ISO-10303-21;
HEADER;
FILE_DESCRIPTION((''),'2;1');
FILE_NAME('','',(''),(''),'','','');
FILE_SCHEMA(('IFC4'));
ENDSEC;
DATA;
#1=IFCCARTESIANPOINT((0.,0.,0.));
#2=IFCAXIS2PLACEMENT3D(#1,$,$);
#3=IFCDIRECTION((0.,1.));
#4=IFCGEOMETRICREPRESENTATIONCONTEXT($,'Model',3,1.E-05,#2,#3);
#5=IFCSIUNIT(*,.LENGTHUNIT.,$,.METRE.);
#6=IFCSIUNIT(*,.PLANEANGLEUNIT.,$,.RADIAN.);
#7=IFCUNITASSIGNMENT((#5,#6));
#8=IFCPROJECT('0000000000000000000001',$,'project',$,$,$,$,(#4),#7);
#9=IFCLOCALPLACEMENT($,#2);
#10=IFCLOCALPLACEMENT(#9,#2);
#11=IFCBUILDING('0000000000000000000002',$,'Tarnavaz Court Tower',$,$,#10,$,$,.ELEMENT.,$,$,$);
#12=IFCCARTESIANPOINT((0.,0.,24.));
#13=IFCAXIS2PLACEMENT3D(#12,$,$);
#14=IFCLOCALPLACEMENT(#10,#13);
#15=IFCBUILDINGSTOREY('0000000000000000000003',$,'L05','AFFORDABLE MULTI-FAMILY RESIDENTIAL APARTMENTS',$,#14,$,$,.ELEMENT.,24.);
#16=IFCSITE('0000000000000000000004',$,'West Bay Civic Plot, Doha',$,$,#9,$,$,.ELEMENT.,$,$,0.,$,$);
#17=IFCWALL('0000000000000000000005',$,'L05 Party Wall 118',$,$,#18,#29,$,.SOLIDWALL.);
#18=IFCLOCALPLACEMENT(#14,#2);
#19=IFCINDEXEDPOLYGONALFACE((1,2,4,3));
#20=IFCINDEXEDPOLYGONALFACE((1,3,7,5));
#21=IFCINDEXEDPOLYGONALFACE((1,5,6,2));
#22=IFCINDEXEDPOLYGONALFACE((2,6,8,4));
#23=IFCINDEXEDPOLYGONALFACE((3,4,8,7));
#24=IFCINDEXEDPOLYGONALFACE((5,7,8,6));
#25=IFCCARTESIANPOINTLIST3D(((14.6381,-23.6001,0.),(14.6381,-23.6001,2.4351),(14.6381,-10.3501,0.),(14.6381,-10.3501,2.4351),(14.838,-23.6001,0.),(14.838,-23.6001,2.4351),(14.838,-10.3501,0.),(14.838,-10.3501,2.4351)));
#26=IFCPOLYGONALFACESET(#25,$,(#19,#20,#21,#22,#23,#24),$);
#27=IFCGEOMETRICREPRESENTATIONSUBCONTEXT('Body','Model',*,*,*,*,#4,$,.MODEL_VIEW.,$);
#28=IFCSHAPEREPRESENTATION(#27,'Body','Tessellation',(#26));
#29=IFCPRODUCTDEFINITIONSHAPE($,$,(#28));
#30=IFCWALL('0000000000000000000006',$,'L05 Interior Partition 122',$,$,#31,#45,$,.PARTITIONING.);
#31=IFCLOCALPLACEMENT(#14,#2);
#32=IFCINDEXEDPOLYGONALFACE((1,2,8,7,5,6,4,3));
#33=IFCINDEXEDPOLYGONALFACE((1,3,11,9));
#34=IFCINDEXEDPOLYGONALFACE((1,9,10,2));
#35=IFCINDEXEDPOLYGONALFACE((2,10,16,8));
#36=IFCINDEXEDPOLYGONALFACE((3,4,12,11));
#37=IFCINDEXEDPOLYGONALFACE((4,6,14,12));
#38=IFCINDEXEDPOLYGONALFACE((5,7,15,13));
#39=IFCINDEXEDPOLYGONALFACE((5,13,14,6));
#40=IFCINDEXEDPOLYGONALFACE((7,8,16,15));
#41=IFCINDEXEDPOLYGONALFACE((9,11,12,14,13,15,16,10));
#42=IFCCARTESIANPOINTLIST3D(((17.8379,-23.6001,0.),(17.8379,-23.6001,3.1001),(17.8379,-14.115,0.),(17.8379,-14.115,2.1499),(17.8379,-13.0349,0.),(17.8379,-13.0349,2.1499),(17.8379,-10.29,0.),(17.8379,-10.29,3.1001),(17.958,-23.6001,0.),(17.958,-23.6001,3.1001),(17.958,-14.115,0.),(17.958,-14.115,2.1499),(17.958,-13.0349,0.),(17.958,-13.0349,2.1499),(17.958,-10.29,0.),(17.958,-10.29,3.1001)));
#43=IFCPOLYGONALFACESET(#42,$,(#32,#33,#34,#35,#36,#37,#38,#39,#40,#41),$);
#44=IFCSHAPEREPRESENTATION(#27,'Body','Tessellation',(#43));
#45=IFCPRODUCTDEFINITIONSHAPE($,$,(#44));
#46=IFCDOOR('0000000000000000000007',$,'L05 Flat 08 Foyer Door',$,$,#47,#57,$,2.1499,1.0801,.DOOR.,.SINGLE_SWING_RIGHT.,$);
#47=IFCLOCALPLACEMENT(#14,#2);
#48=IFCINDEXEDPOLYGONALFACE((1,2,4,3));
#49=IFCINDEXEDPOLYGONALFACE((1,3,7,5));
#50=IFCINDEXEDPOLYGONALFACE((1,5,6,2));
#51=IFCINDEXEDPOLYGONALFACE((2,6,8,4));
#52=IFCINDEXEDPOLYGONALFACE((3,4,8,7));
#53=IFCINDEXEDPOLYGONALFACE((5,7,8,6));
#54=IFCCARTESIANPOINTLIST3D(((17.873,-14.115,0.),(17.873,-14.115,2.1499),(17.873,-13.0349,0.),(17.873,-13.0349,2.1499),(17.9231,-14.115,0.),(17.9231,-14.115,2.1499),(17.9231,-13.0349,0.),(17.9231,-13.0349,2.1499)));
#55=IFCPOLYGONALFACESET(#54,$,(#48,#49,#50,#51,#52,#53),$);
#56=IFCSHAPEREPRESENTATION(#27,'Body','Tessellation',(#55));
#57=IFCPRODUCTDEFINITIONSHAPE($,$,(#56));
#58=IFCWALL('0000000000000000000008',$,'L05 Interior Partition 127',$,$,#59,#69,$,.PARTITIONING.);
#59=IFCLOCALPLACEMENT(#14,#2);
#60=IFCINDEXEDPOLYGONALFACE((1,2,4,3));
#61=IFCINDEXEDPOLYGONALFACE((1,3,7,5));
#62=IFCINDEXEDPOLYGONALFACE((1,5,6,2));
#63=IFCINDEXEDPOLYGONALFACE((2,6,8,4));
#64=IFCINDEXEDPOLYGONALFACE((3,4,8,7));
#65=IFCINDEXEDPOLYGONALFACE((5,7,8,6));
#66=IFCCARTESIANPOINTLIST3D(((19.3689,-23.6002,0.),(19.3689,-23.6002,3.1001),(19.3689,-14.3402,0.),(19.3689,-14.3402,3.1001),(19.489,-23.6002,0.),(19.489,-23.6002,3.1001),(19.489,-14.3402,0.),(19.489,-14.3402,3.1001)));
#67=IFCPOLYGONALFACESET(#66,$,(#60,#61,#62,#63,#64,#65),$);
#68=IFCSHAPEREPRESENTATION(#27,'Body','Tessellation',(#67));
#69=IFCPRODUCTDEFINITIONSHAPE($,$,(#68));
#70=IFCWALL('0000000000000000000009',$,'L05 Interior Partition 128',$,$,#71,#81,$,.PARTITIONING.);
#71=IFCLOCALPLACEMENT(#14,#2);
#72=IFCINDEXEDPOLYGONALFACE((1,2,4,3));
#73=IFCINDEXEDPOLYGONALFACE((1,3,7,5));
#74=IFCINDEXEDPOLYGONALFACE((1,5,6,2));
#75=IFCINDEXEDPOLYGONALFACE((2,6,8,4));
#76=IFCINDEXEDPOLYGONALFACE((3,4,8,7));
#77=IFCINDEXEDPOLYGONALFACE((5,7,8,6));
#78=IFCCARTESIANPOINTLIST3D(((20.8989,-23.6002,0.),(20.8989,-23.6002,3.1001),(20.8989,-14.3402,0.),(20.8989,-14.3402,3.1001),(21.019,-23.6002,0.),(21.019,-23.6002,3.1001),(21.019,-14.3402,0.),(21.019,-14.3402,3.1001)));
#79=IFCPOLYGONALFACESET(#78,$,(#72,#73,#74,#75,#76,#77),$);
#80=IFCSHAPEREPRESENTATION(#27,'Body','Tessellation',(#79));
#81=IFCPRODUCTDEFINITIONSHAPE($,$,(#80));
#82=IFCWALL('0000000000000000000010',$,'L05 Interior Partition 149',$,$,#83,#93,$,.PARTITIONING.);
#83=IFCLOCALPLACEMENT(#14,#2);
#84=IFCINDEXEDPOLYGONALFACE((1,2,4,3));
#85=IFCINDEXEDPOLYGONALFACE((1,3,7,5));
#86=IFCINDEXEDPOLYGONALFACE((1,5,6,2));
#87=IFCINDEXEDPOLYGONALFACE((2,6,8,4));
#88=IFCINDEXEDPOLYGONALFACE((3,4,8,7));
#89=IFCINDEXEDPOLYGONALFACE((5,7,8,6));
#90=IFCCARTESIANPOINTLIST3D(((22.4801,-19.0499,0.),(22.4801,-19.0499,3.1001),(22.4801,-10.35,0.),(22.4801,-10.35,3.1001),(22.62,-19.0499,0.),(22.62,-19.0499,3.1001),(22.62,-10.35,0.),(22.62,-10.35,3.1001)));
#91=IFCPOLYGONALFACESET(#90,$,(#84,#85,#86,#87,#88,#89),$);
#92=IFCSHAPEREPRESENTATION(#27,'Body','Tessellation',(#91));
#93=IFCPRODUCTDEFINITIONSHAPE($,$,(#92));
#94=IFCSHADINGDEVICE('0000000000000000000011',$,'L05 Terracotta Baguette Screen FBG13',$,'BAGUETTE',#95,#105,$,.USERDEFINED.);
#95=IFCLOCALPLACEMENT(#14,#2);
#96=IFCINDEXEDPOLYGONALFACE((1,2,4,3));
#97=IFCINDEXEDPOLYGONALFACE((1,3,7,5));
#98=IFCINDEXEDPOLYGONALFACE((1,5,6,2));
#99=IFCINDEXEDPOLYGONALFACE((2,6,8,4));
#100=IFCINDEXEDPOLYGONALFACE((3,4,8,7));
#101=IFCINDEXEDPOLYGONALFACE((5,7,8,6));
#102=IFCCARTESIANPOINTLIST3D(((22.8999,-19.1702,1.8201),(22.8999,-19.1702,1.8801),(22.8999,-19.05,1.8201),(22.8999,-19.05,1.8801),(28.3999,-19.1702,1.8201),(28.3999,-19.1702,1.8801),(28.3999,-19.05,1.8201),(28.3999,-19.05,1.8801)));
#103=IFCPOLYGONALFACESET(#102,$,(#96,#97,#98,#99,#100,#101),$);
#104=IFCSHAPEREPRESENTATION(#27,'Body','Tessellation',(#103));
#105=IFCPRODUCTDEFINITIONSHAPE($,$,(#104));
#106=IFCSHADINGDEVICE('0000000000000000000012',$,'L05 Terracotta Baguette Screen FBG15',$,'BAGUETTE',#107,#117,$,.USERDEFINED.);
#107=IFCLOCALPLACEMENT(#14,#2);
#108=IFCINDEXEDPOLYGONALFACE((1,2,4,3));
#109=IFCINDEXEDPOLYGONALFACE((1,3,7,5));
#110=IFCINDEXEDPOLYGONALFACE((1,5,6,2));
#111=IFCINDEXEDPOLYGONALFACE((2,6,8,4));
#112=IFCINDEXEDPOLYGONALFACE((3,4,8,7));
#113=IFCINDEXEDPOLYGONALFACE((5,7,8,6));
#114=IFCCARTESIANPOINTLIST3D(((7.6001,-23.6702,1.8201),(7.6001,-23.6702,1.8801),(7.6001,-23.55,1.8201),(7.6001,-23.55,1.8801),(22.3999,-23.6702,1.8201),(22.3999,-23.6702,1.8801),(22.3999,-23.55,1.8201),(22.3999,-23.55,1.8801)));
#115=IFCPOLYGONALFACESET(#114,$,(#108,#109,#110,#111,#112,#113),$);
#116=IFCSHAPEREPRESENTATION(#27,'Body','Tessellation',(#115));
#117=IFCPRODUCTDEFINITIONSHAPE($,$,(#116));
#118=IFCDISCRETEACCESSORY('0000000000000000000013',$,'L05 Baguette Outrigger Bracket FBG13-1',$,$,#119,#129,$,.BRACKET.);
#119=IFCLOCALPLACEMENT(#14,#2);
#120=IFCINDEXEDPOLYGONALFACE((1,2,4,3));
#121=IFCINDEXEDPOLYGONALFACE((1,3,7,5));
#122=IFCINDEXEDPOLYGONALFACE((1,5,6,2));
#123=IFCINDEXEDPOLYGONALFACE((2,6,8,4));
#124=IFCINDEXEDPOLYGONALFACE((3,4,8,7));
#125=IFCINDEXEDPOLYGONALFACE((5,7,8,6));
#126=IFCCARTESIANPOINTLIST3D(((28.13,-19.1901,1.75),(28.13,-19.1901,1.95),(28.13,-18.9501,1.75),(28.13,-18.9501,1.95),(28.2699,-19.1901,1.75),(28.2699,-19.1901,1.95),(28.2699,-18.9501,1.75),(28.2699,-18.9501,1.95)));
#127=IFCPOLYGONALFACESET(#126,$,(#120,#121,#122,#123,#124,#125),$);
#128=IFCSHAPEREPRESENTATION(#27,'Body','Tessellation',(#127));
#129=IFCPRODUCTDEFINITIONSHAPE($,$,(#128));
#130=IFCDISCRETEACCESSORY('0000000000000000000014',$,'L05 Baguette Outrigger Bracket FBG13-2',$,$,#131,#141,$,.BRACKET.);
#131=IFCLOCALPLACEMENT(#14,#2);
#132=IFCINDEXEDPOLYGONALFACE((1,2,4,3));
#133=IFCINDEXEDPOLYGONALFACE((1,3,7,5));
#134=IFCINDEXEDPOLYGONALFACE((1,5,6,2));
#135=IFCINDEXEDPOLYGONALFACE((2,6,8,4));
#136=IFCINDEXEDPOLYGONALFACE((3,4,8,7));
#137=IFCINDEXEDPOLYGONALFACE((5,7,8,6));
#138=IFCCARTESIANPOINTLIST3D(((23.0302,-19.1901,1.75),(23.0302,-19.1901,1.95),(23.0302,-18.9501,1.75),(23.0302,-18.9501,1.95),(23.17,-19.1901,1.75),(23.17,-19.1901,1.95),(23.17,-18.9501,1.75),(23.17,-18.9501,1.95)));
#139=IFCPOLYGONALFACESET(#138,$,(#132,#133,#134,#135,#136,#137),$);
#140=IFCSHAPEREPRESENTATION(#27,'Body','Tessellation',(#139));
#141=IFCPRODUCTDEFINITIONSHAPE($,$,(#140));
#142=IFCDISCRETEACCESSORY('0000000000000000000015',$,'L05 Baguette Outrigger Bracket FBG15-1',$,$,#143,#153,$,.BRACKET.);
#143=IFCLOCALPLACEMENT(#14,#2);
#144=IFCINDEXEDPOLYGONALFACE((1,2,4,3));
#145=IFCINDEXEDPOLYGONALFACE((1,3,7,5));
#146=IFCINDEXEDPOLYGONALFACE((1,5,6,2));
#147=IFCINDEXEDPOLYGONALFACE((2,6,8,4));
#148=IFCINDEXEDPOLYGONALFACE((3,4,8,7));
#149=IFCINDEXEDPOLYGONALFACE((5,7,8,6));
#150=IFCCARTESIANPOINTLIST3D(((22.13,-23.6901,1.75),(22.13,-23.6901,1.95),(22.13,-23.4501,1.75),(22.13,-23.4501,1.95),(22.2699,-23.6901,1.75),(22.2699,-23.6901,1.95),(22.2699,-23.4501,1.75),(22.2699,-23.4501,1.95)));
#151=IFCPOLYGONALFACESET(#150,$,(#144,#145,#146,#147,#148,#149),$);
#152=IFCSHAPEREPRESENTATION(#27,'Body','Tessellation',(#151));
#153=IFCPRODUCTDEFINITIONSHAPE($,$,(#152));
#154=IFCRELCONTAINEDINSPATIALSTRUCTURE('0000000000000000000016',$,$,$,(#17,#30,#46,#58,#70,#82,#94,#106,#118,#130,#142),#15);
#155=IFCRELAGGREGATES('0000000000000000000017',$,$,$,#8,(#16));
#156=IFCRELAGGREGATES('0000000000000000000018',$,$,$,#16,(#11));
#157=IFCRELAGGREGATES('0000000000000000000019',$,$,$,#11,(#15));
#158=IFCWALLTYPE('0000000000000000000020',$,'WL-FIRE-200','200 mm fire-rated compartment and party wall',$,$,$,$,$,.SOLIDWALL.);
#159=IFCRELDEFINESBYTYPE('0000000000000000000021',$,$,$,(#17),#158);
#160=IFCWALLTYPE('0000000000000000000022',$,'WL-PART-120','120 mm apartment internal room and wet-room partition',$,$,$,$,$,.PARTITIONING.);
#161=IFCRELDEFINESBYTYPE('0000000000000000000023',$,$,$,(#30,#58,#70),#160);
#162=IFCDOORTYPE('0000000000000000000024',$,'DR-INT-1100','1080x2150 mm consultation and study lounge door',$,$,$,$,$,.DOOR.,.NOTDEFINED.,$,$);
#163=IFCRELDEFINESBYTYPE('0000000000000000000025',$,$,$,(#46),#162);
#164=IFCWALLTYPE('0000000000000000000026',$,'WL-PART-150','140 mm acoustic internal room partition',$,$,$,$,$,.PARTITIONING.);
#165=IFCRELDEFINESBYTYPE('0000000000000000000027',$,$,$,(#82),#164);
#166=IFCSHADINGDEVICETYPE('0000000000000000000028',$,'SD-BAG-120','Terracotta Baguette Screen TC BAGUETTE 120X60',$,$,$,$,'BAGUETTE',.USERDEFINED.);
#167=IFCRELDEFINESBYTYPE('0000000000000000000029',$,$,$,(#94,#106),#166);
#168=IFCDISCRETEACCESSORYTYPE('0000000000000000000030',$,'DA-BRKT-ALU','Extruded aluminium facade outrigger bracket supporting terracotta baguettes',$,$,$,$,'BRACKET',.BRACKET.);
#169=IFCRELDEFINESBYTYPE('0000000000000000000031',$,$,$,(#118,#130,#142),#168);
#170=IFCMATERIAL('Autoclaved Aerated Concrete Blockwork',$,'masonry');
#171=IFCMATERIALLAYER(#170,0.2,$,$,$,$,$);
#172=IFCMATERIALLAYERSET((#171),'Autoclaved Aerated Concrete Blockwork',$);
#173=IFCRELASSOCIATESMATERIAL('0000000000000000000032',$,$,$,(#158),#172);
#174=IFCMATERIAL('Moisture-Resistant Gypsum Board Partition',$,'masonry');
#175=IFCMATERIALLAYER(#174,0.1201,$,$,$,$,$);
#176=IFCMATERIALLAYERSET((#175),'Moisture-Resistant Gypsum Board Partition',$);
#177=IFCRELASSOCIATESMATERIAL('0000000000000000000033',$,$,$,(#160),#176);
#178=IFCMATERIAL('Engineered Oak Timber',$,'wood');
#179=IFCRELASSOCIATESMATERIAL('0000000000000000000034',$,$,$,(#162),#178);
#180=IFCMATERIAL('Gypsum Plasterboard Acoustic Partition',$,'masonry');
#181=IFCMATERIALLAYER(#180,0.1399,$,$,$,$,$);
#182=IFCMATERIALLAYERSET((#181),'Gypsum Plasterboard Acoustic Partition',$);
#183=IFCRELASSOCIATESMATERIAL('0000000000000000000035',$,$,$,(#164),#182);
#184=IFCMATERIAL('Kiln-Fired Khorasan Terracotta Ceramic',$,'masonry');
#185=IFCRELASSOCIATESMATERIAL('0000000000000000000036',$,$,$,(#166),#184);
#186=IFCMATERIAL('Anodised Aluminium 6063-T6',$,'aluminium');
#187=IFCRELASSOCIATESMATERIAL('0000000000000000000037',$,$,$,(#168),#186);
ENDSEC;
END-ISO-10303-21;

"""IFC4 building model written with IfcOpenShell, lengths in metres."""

from ifc_helpers import new_model, si_unit, direction, frame, frame_2d, origin, origin_2d, place, context, subcontext, project, spatial, rectangle, extrude, material, layer, layer_set, material_profile, profile_set, type_object, element, fill, save


model = new_model("IFC4")

# Units and contexts
model_context = context("Model", 3, precision=1e-05, world=origin(), true_north=direction((0.0, 1.0)))
body_context = subcontext(model_context, "Body", "Model", "MODEL_VIEW")
ifc_project = project(units=[si_unit("LENGTHUNIT", "METRE"), si_unit("PLANEANGLEUNIT", "RADIAN")], contexts=[model_context])

# Site, building, storey
site_placement = place(None, origin())
site = spatial("IfcSite", under=ifc_project, at=site_placement, Name="West Bay Civic Plot, Doha", CompositionType="ELEMENT", RefElevation=0.0)
building_placement = place(site_placement, origin())
building = spatial("IfcBuilding", under=site, at=building_placement, Name="Tarnavaz Court Tower", CompositionType="ELEMENT")
storey_placement = place(building_placement, frame((0.0, 0.0, 24.0)))
storey = spatial("IfcBuildingStorey", under=building, at=storey_placement, Name="L05", Description="AFFORDABLE MULTI-FAMILY RESIDENTIAL APARTMENTS", CompositionType="ELEMENT", Elevation=24.0)

# Wall
ifc_material_1 = material(Name="Autoclaved Aerated Concrete Blockwork", Category="masonry")
ifc_layer_1 = layer(ifc_material_1, 0.2)
ifc_layer_set_1 = layer_set([ifc_layer_1], Name="Autoclaved Aerated Concrete Blockwork")
wall_type_1 = type_object("IfcWallType", Name="WL-FIRE-200", Description="200 mm fire-rated compartment and party wall", PredefinedType="SOLIDWALL", material=ifc_layer_set_1)
wall_1_placement = place(storey_placement, frame((14.738, -23.6001, 0.0), z_axis=(0.0, 0.0, 1.0), x_axis=(0.0, 1.0, 0.0)))
element("IfcWall", 1, at=wall_1_placement, inside=storey, type_object=wall_type_1, Name="L05 Party Wall 118", PredefinedType="SOLIDWALL", context=body_context, shape_type="SweptSolid", body=[
    extrude(rectangle(XDim=13.25, YDim=0.2, at=frame_2d((6.625, 0.0))), origin(), (0.0, 0.0, 1.0), 2.4351),
])

# Wall, opening, door
ifc_material_2 = material(Name="Moisture-Resistant Gypsum Board Partition", Category="masonry")
ifc_layer_2 = layer(ifc_material_2, 0.1201)
ifc_layer_set_2 = layer_set([ifc_layer_2], Name="Moisture-Resistant Gypsum Board Partition")
wall_type_2 = type_object("IfcWallType", Name="WL-PART-120", Description="120 mm apartment internal room and wet-room partition", PredefinedType="PARTITIONING", material=ifc_layer_set_2)
wall_2_placement = place(storey_placement, frame((17.8979, -23.6001, 0.0), z_axis=(0.0, 0.0, 1.0), x_axis=(0.0, 1.0, 0.0)))
wall_2 = element("IfcWall", 2, at=wall_2_placement, inside=storey, type_object=wall_type_2, Name="L05 Interior Partition 122", PredefinedType="PARTITIONING", context=body_context, shape_type="SweptSolid", body=[
    extrude(rectangle(XDim=13.3101, YDim=0.1201, at=frame_2d((6.655, 0.0))), origin(), (0.0, 0.0, 1.0), 3.1001),
])
opening_1_placement = place(wall_2_placement, frame((9.4851, 0.0, 0.0)))
opening_1 = element("IfcOpeningElement", 3, at=opening_1_placement, cuts=wall_2, PredefinedType="OPENING", context=body_context, shape_type="SweptSolid", body=[
    extrude(rectangle(XDim=1.0801, YDim=2.1499, at=frame_2d((0.54, 1.075))), frame((0.0, 0.0701, 0.0), z_axis=(0.0, -1.0, 0.0), x_axis=(1.0, 0.0, 0.0)), (0.0, 0.0, 1.0), 0.1401),
])
ifc_material_3 = material(Name="Engineered Oak Timber", Category="wood")
door_type = type_object("IfcDoorType", Name="DR-INT-1100", Description="1080x2150 mm consultation and study lounge door", OperationType="NOTDEFINED", PredefinedType="DOOR", material=ifc_material_3)
door_placement = place(opening_1_placement, origin())
door = element("IfcDoor", 4, at=door_placement, inside=storey, type_object=door_type, Name="L05 Flat 08 Foyer Door", OperationType="SINGLE_SWING_RIGHT", OverallHeight=2.1499, OverallWidth=1.0801, PredefinedType="DOOR", context=body_context, shape_type="SweptSolid", body=[
    extrude(rectangle(XDim=1.0801, YDim=2.1499, at=frame_2d((0.54, 1.075))), frame((0.0, 0.0249, 0.0), z_axis=(0.0, -1.0, 0.0), x_axis=(1.0, 0.0, 0.0)), (0.0, 0.0, 1.0), 0.05),
])
fill(opening_1, door)

# Walls
for number, where, z_axis, x_axis, name in (
    (5, (19.429, -23.6001, 0.0), (0.0, 0.0, 1.0), (0.0, 1.0, 0.0), "L05 Interior Partition 127"),
    (6, (20.959, -23.6001, 0.0), (0.0, 0.0, 1.0), (0.0, 1.0, 0.0), "L05 Interior Partition 128"),
):
    element("IfcWall", number, at=place(storey_placement, frame(where, z_axis=z_axis, x_axis=x_axis)), inside=storey, type_object=wall_type_2, Name=name, PredefinedType="PARTITIONING", context=body_context, shape_type="SweptSolid", body=[
        extrude(rectangle(XDim=9.26, YDim=0.1201, at=frame_2d((4.6299, 0.0))), origin(), (0.0, 0.0, 1.0), 3.1001),
    ])
ifc_material_4 = material(Name="Gypsum Plasterboard Acoustic Partition", Category="masonry")
ifc_layer_3 = layer(ifc_material_4, 0.1399)
ifc_layer_set_3 = layer_set([ifc_layer_3], Name="Gypsum Plasterboard Acoustic Partition")
wall_type_3 = type_object("IfcWallType", Name="WL-PART-150", Description="140 mm acoustic internal room partition", PredefinedType="PARTITIONING", material=ifc_layer_set_3)
wall_3_placement = place(storey_placement, frame((22.55, -19.05, 0.0), z_axis=(0.0, 0.0, 1.0), x_axis=(0.0, 1.0, 0.0)))
element("IfcWall", 7, at=wall_3_placement, inside=storey, type_object=wall_type_3, Name="L05 Interior Partition 149", PredefinedType="PARTITIONING", context=body_context, shape_type="SweptSolid", body=[
    extrude(rectangle(XDim=8.7, YDim=0.1399, at=frame_2d((4.3501, 0.0))), origin(), (0.0, 0.0, 1.0), 3.1001),
])

# Shading devices
ifc_material_5 = material(Name="Kiln-Fired Khorasan Terracotta Ceramic", Category="masonry")
ifc_material_profile_1 = material_profile(ifc_material_5, rectangle(XDim=0.1201, YDim=0.0601, at=origin_2d()), Name="TC BAGUETTE 120X60")
ifc_profile_set_1 = profile_set([ifc_material_profile_1], Name="Kiln-Fired Khorasan Terracotta Ceramic")
shading_device_type = type_object("IfcShadingDeviceType", Name="SD-BAG-120", Description="Terracotta Baguette Screen TC BAGUETTE 120X60", ElementType="BAGUETTE", PredefinedType="USERDEFINED", material=ifc_profile_set_1)
shading_device_1_placement = place(storey_placement, frame((28.3999, -19.1101, 1.8501), z_axis=(-1.0, 0.0, 0.0), x_axis=(0.0, -1.0, 0.0)))
element("IfcShadingDevice", 8, at=shading_device_1_placement, inside=storey, type_object=shading_device_type, Name="L05 Terracotta Baguette Screen FBG13", ObjectType="BAGUETTE", PredefinedType="USERDEFINED", context=body_context, shape_type="SweptSolid", body=[
    extrude(rectangle(XDim=0.1201, YDim=0.0601, at=origin_2d()), origin(), (0.0, 0.0, 1.0), 5.5),
])
shading_device_2_placement = place(storey_placement, frame((22.3999, -23.6101, 1.8501), z_axis=(-1.0, 0.0, 0.0), x_axis=(0.0, -1.0, 0.0)))
element("IfcShadingDevice", 9, at=shading_device_2_placement, inside=storey, type_object=shading_device_type, Name="L05 Terracotta Baguette Screen FBG15", ObjectType="BAGUETTE", PredefinedType="USERDEFINED", context=body_context, shape_type="SweptSolid", body=[
    extrude(rectangle(XDim=0.1201, YDim=0.0601, at=origin_2d()), origin(), (0.0, 0.0, 1.0), 14.7998),
])

# Discrete accessories
ifc_material_6 = material(Name="Anodised Aluminium 6063-T6", Category="aluminium")
discrete_accessory_type = type_object("IfcDiscreteAccessoryType", Name="DA-BRKT-ALU", Description="Extruded aluminium facade outrigger bracket supporting terracotta baguettes", ElementType="BRACKET", PredefinedType="BRACKET", material=ifc_material_6)
for number, where, z_axis, x_axis, name in (
    (10, (28.2, -19.0701, 1.75), (0.0, 0.0, 1.0), (-1.0, 0.0, 0.0), "L05 Baguette Outrigger Bracket FBG13-1"),
    (11, (23.1001, -19.0701, 1.75), (0.0, 0.0, 1.0), (-1.0, 0.0, 0.0), "L05 Baguette Outrigger Bracket FBG13-2"),
    (12, (22.2, -23.5701, 1.75), (0.0, 0.0, 1.0), (-1.0, 0.0, 0.0), "L05 Baguette Outrigger Bracket FBG15-1"),
):
    element("IfcDiscreteAccessory", number, at=place(storey_placement, frame(where, z_axis=z_axis, x_axis=x_axis)), inside=storey, type_object=discrete_accessory_type, Name=name, PredefinedType="BRACKET", context=body_context, shape_type="SweptSolid", body=[
        extrude(rectangle(XDim=0.1399, YDim=0.24, at=origin_2d()), origin(), (0.0, 0.0, 1.0), 0.2),
    ])

save(model, "model.ifc")
